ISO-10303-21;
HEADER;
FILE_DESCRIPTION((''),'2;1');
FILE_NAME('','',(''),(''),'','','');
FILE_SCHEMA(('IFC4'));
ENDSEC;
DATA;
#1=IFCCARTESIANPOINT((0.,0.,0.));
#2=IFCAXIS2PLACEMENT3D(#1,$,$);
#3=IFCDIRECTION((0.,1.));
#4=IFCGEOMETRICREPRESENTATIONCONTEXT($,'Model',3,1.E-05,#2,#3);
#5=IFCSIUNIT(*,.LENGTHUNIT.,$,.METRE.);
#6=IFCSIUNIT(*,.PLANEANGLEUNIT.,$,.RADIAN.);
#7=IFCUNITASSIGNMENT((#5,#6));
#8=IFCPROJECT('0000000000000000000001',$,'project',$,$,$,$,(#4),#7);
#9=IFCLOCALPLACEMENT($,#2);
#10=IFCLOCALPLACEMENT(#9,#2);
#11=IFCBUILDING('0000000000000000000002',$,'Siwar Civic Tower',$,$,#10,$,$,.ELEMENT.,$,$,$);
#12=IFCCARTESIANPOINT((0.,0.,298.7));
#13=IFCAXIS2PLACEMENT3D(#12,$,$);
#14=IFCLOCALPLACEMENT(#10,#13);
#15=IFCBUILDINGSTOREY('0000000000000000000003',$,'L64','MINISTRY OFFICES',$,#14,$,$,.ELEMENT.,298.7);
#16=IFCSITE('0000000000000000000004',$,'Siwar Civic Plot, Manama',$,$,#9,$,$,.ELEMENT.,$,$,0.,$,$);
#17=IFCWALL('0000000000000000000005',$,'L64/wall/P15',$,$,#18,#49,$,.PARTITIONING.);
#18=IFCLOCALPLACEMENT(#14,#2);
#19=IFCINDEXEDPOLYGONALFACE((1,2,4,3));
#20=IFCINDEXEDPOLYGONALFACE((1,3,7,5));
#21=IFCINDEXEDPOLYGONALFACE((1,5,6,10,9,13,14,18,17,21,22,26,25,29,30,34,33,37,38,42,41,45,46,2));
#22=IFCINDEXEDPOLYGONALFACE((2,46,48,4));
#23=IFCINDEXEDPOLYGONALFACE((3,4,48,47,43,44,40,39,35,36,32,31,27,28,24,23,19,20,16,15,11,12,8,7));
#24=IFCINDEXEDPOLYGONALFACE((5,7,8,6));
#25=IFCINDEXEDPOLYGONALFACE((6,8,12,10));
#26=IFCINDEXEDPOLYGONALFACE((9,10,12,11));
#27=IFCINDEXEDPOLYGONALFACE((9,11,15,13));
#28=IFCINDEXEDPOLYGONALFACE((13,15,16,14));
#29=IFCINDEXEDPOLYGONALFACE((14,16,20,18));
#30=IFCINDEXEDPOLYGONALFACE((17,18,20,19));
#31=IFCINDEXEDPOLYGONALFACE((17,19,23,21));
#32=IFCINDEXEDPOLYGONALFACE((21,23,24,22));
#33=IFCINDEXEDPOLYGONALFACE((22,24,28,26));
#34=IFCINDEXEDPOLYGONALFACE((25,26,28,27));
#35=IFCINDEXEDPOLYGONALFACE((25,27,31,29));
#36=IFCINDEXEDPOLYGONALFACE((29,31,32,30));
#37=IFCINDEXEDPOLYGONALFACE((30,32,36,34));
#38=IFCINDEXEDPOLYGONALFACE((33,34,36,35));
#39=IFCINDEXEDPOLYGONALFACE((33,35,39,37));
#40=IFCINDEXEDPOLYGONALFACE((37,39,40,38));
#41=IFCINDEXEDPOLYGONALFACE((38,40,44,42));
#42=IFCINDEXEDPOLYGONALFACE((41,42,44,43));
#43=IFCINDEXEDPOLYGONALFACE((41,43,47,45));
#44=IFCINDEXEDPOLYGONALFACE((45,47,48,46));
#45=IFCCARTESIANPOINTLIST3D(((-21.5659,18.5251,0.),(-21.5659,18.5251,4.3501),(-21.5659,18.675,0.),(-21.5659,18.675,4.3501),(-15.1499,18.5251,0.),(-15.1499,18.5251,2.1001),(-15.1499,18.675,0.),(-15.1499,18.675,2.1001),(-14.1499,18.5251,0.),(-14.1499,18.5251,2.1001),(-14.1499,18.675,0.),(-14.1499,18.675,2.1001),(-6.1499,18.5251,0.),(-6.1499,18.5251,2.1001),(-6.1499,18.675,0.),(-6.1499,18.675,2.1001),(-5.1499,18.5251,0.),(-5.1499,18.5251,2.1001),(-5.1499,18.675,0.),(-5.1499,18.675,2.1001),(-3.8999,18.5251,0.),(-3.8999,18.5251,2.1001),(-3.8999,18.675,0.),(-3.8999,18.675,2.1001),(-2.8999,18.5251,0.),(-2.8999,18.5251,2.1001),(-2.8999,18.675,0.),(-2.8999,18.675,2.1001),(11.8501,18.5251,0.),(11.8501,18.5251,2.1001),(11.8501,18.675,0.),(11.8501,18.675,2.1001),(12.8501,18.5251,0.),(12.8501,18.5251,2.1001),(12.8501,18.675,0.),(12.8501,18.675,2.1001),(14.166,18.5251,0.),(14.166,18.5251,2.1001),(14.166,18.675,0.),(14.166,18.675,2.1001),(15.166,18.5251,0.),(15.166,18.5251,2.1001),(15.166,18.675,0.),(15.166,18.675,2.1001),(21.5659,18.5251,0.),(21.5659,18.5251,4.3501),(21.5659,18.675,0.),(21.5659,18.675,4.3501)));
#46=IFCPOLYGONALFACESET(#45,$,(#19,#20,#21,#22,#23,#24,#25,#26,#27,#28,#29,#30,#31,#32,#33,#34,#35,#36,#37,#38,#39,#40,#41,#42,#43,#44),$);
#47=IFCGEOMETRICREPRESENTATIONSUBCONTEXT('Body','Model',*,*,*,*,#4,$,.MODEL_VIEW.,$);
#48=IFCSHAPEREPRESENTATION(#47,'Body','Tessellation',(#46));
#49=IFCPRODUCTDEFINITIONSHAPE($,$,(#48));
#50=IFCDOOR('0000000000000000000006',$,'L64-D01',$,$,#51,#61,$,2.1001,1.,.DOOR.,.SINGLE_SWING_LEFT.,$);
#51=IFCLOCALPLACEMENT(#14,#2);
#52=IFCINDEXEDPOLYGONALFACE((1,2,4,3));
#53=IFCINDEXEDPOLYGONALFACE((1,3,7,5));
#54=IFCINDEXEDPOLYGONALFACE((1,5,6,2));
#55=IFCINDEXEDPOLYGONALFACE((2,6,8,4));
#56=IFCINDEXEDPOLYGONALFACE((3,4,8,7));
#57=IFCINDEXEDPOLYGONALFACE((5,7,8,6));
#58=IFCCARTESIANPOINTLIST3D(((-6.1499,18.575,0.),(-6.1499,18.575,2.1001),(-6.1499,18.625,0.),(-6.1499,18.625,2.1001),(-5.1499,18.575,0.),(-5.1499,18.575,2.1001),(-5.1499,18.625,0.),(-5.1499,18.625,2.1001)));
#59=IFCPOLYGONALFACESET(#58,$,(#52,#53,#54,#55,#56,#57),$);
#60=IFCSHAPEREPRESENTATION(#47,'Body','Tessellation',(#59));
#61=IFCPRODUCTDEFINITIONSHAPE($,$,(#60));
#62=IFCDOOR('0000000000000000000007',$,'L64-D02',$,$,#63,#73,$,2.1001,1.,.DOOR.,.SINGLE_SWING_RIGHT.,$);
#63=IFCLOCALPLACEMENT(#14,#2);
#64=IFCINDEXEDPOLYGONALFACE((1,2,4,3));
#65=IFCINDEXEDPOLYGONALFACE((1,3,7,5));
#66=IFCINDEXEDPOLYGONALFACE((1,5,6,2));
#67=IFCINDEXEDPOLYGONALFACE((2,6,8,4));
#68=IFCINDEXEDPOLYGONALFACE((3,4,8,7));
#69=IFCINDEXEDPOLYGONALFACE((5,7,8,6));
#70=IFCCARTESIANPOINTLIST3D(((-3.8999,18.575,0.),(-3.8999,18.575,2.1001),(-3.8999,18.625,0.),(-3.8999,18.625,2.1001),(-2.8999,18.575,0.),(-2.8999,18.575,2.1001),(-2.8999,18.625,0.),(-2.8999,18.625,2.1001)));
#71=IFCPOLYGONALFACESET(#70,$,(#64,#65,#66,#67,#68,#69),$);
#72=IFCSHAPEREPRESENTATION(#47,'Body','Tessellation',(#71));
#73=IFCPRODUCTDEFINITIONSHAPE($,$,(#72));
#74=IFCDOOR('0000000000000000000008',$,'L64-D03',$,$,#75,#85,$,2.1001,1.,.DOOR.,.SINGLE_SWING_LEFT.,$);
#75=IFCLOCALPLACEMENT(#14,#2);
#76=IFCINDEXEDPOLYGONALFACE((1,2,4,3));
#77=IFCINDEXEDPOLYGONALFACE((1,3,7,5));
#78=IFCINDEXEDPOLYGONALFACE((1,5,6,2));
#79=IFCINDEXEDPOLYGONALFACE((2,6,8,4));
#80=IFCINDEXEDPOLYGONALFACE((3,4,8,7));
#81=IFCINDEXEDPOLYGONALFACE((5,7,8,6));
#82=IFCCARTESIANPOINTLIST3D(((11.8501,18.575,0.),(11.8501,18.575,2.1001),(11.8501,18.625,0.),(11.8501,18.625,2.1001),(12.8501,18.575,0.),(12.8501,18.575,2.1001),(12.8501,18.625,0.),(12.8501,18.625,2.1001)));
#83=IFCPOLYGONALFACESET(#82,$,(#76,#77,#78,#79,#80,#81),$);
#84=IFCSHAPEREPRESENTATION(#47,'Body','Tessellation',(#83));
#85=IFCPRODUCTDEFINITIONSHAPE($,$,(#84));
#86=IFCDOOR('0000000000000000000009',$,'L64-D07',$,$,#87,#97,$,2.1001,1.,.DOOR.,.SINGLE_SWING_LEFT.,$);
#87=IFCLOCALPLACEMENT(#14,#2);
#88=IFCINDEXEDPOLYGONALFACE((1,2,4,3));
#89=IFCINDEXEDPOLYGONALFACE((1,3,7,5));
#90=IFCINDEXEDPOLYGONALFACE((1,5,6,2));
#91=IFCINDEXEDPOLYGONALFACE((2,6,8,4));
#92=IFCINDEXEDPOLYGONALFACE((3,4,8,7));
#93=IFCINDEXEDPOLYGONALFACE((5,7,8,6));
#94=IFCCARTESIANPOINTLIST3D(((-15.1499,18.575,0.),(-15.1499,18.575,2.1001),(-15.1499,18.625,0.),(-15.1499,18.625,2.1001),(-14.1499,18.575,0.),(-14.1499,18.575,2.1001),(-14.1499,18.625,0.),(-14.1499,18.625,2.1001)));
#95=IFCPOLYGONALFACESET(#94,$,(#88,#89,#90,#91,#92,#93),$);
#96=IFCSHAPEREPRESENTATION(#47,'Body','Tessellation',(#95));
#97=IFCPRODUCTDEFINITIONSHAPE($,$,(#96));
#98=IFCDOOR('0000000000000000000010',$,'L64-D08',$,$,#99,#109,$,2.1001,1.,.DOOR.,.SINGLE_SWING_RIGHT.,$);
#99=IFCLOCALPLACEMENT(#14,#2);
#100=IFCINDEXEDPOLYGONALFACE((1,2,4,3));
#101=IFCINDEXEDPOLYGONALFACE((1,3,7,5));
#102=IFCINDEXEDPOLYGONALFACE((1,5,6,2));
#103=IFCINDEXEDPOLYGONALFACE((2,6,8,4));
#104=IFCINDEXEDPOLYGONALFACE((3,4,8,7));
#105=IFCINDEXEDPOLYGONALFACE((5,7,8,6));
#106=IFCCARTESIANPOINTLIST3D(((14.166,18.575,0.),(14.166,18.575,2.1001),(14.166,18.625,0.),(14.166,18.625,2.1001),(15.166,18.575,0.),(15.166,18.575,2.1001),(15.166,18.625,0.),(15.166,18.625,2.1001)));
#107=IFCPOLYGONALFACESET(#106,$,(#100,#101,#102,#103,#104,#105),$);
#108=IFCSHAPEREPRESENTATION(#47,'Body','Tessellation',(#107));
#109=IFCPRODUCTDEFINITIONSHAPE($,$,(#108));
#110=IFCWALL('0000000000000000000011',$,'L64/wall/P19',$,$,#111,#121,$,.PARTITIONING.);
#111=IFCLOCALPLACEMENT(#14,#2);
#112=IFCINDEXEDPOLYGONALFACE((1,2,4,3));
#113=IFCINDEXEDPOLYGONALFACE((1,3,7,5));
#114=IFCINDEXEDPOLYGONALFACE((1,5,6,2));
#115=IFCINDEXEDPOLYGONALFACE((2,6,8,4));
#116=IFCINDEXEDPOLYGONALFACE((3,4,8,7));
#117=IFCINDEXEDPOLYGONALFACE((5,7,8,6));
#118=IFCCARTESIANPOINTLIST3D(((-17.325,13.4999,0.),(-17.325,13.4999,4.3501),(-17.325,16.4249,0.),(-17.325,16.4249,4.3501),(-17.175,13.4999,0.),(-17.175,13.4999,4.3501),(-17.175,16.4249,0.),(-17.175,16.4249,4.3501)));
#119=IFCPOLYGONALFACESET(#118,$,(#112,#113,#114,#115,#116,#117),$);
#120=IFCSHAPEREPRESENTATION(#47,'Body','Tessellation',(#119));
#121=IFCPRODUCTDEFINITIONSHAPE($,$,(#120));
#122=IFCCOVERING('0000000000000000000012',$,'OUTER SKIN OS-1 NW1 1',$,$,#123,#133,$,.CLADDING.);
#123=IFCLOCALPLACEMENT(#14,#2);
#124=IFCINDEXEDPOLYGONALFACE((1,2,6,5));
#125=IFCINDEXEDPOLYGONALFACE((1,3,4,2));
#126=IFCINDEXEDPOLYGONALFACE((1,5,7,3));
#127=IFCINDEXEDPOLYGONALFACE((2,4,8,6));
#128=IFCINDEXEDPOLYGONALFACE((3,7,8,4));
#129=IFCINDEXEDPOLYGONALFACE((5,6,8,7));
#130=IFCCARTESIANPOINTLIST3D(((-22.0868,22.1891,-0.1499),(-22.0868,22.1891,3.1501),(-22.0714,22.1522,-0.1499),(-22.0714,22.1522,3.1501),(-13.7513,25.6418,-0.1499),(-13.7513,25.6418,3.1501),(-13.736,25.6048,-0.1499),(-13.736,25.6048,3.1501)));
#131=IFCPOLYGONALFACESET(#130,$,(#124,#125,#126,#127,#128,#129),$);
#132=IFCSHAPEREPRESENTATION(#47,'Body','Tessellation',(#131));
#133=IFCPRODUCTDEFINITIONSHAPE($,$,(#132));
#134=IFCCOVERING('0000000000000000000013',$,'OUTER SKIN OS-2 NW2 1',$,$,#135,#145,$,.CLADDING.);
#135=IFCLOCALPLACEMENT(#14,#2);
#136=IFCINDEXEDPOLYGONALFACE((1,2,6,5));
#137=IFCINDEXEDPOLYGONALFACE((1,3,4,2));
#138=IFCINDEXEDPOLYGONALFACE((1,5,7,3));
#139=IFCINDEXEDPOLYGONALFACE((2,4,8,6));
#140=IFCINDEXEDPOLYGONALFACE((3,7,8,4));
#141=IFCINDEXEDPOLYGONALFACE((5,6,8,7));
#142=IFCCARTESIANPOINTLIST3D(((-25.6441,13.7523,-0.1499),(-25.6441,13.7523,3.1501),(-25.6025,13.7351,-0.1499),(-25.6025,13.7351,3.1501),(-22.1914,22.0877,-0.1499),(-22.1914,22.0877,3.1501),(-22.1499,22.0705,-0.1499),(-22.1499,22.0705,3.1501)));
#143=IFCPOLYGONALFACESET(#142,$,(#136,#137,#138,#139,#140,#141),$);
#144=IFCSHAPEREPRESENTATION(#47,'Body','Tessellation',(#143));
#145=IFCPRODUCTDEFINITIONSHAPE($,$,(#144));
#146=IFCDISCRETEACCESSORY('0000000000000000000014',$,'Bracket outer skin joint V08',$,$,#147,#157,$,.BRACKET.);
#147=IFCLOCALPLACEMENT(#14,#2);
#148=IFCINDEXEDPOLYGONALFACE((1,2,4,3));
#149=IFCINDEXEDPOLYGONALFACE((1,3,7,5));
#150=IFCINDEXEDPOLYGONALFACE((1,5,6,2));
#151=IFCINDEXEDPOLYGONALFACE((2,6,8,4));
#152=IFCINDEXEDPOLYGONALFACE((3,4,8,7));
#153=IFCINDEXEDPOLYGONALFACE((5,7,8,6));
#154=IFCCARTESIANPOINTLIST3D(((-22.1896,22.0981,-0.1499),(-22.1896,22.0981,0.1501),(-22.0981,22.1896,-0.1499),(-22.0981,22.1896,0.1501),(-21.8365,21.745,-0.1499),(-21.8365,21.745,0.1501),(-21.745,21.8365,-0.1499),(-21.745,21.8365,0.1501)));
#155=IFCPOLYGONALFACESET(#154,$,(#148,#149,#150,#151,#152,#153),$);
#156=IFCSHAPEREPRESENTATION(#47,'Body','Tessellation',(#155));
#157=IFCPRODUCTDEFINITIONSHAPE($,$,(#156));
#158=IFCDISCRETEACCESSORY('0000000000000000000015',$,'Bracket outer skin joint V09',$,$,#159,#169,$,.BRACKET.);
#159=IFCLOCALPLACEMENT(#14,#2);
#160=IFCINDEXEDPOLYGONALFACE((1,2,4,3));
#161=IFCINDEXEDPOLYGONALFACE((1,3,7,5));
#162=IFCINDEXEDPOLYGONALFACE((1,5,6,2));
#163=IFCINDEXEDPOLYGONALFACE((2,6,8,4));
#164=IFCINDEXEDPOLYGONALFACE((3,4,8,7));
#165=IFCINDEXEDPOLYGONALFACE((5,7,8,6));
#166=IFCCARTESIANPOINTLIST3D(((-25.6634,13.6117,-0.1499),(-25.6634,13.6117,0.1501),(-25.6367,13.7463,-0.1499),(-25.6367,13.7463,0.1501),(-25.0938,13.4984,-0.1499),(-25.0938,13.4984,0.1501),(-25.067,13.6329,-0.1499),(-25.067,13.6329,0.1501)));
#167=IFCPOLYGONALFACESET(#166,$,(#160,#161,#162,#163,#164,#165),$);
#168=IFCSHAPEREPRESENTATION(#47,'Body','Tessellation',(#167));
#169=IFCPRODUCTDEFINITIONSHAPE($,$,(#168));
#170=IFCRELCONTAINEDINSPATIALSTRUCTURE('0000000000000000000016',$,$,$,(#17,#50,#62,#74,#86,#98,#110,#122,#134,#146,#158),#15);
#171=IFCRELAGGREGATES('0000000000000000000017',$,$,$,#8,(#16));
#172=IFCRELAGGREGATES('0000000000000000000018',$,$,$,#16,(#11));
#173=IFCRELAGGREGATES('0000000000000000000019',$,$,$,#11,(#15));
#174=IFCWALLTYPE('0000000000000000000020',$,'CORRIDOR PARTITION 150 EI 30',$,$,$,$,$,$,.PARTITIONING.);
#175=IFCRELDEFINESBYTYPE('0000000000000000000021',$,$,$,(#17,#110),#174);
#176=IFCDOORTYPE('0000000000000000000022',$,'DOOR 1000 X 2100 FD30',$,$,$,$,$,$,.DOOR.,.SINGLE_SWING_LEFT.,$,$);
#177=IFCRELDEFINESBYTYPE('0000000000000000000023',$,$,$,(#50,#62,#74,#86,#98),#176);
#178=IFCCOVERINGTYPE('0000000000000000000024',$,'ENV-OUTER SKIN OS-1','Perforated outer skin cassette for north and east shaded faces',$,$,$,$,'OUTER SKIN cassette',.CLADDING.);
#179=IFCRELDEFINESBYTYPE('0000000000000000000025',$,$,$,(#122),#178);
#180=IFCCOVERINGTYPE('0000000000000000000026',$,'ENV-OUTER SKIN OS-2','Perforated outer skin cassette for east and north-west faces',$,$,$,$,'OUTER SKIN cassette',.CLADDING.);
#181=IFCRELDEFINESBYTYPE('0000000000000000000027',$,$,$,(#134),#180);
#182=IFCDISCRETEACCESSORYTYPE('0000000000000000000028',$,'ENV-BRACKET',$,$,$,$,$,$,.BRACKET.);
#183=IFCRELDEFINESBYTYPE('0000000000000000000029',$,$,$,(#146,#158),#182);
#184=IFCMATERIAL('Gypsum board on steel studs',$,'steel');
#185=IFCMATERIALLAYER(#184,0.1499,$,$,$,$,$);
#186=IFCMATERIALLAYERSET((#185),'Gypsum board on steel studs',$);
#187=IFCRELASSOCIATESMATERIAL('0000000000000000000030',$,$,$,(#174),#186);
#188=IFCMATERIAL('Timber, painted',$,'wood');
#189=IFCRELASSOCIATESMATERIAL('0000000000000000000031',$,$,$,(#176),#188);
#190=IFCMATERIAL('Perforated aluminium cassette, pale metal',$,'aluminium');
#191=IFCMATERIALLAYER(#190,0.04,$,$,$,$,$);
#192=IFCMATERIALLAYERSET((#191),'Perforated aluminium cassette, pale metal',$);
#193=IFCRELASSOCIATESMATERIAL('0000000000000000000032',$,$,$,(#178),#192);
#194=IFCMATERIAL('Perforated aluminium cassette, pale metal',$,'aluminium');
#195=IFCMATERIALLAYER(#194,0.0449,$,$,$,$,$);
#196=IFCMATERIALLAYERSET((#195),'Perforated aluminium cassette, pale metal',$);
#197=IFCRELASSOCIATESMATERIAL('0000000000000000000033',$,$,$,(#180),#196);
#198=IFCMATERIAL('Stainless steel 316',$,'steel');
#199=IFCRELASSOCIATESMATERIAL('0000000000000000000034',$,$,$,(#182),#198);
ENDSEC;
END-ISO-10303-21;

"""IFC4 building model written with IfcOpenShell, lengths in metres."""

from ifc_helpers import new_model, si_unit, direction, frame, frame_2d, origin, origin_2d, place, context, subcontext, project, spatial, rectangle, extrude, material, layer, layer_set, type_object, element, fill, save


model = new_model("IFC4")

# Units and contexts
model_context = context("Model", 3, precision=1e-05, world=origin(), true_north=direction((0.0, 1.0)))
body_context = subcontext(model_context, "Body", "Model", "MODEL_VIEW")
ifc_project = project(units=[si_unit("LENGTHUNIT", "METRE"), si_unit("PLANEANGLEUNIT", "RADIAN")], contexts=[model_context])

# Site, building, storey
site_placement = place(None, origin())
site = spatial("IfcSite", under=ifc_project, at=site_placement, Name="Siwar Civic Plot, Manama", CompositionType="ELEMENT", RefElevation=0.0)
building_placement = place(site_placement, origin())
building = spatial("IfcBuilding", under=site, at=building_placement, Name="Siwar Civic Tower", CompositionType="ELEMENT")
storey_placement = place(building_placement, frame((0.0, 0.0, 298.7)))
storey = spatial("IfcBuildingStorey", under=building, at=storey_placement, Name="L64", Description="MINISTRY OFFICES", CompositionType="ELEMENT", Elevation=298.7)

# Shared definitions
ifc_material_1 = material(Name="Gypsum board on steel studs", Category="steel")
ifc_layer_1 = layer(ifc_material_1, 0.1499)
ifc_layer_set_1 = layer_set([ifc_layer_1], Name="Gypsum board on steel studs")
wall_type = type_object("IfcWallType", Name="CORRIDOR PARTITION 150 EI 30", PredefinedType="PARTITIONING", material=ifc_layer_set_1)

# Wall, openings, doors
ifc_material_2 = material(Name="Timber, painted", Category="wood")
door_type = type_object("IfcDoorType", Name="DOOR 1000 X 2100 FD30", OperationType="SINGLE_SWING_LEFT", PredefinedType="DOOR", material=ifc_material_2)
wall_1_placement = place(storey_placement, frame((-21.5659, 18.6001, 0.0), z_axis=(0.0, 0.0, 1.0), x_axis=(1.0, 0.0, 0.0)))
wall_1 = element("IfcWall", 1, at=wall_1_placement, inside=storey, type_object=wall_type, Name="L64/wall/P15", PredefinedType="PARTITIONING", context=body_context, shape_type="SweptSolid", body=[
    extrude(rectangle(XDim=43.1318, YDim=0.1499, at=frame_2d((21.5659, 0.0))), origin(), (0.0, 0.0, 1.0), 4.3501),
])
opening_1_placement = place(wall_1_placement, frame((15.416, 0.0, 0.0)))
opening_1 = element("IfcOpeningElement", 2, at=opening_1_placement, cuts=wall_1, PredefinedType="OPENING", context=body_context, shape_type="SweptSolid", body=[
    extrude(rectangle(XDim=1.0, YDim=2.1001, at=frame_2d((0.5, 1.05))), frame((0.0, 0.085, 0.0), z_axis=(0.0, -1.0, 0.0), x_axis=(1.0, 0.0, 0.0)), (0.0, 0.0, 1.0), 0.1699),
])
opening_2_placement = place(wall_1_placement, frame((17.666, 0.0, 0.0)))
opening_2 = element("IfcOpeningElement", 3, at=opening_2_placement, cuts=wall_1, PredefinedType="OPENING", context=body_context, shape_type="SweptSolid", body=[
    extrude(rectangle(XDim=1.0, YDim=2.1001, at=frame_2d((0.5, 1.05))), frame((0.0, 0.085, 0.0), z_axis=(0.0, -1.0, 0.0), x_axis=(1.0, 0.0, 0.0)), (0.0, 0.0, 1.0), 0.1699),
])
opening_3_placement = place(wall_1_placement, frame((33.416, 0.0, 0.0)))
opening_3 = element("IfcOpeningElement", 4, at=opening_3_placement, cuts=wall_1, PredefinedType="OPENING", context=body_context, shape_type="SweptSolid", body=[
    extrude(rectangle(XDim=1.0, YDim=2.1001, at=frame_2d((0.5, 1.05))), frame((0.0, 0.085, 0.0), z_axis=(0.0, -1.0, 0.0), x_axis=(1.0, 0.0, 0.0)), (0.0, 0.0, 1.0), 0.1699),
])
opening_4_placement = place(wall_1_placement, frame((6.416, 0.0, 0.0)))
opening_4 = element("IfcOpeningElement", 5, at=opening_4_placement, cuts=wall_1, PredefinedType="OPENING", context=body_context, shape_type="SweptSolid", body=[
    extrude(rectangle(XDim=1.0, YDim=2.1001, at=frame_2d((0.5, 1.05))), frame((0.0, 0.085, 0.0), z_axis=(0.0, -1.0, 0.0), x_axis=(1.0, 0.0, 0.0)), (0.0, 0.0, 1.0), 0.1699),
])
opening_5_placement = place(wall_1_placement, frame((35.7319, 0.0, 0.0)))
opening_5 = element("IfcOpeningElement", 6, at=opening_5_placement, cuts=wall_1, PredefinedType="OPENING", context=body_context, shape_type="SweptSolid", body=[
    extrude(rectangle(XDim=1.0, YDim=2.1001, at=frame_2d((0.5, 1.05))), frame((0.0, 0.085, 0.0), z_axis=(0.0, -1.0, 0.0), x_axis=(1.0, 0.0, 0.0)), (0.0, 0.0, 1.0), 0.1699),
])
door_1_placement = place(opening_1_placement, origin())
door_1 = element("IfcDoor", 7, at=door_1_placement, inside=storey, type_object=door_type, Name="L64-D01", OperationType="SINGLE_SWING_LEFT", OverallHeight=2.1001, OverallWidth=1.0, PredefinedType="DOOR", context=body_context, shape_type="SweptSolid", body=[
    extrude(rectangle(XDim=1.0, YDim=2.1001, at=frame_2d((0.5, 1.05))), frame((0.0, 0.0249, 0.0), z_axis=(0.0, -1.0, 0.0), x_axis=(1.0, 0.0, 0.0)), (0.0, 0.0, 1.0), 0.05),
])
fill(opening_1, door_1)
door_2_placement = place(opening_2_placement, origin())
door_2 = element("IfcDoor", 8, at=door_2_placement, inside=storey, type_object=door_type, Name="L64-D02", OperationType="SINGLE_SWING_RIGHT", OverallHeight=2.1001, OverallWidth=1.0, PredefinedType="DOOR", context=body_context, shape_type="SweptSolid", body=[
    extrude(rectangle(XDim=1.0, YDim=2.1001, at=frame_2d((0.5, 1.05))), frame((0.0, 0.0249, 0.0), z_axis=(0.0, -1.0, 0.0), x_axis=(1.0, 0.0, 0.0)), (0.0, 0.0, 1.0), 0.05),
])
fill(opening_2, door_2)
door_3_placement = place(opening_3_placement, origin())
door_3 = element("IfcDoor", 9, at=door_3_placement, inside=storey, type_object=door_type, Name="L64-D03", OperationType="SINGLE_SWING_LEFT", OverallHeight=2.1001, OverallWidth=1.0, PredefinedType="DOOR", context=body_context, shape_type="SweptSolid", body=[
    extrude(rectangle(XDim=1.0, YDim=2.1001, at=frame_2d((0.5, 1.05))), frame((0.0, 0.0249, 0.0), z_axis=(0.0, -1.0, 0.0), x_axis=(1.0, 0.0, 0.0)), (0.0, 0.0, 1.0), 0.05),
])
fill(opening_3, door_3)
door_4_placement = place(opening_4_placement, origin())
door_4 = element("IfcDoor", 10, at=door_4_placement, inside=storey, type_object=door_type, Name="L64-D07", OperationType="SINGLE_SWING_LEFT", OverallHeight=2.1001, OverallWidth=1.0, PredefinedType="DOOR", context=body_context, shape_type="SweptSolid", body=[
    extrude(rectangle(XDim=1.0, YDim=2.1001, at=frame_2d((0.5, 1.05))), frame((0.0, 0.0249, 0.0), z_axis=(0.0, -1.0, 0.0), x_axis=(1.0, 0.0, 0.0)), (0.0, 0.0, 1.0), 0.05),
])
fill(opening_4, door_4)
door_5_placement = place(opening_5_placement, origin())
door_5 = element("IfcDoor", 11, at=door_5_placement, inside=storey, type_object=door_type, Name="L64-D08", OperationType="SINGLE_SWING_RIGHT", OverallHeight=2.1001, OverallWidth=1.0, PredefinedType="DOOR", context=body_context, shape_type="SweptSolid", body=[
    extrude(rectangle(XDim=1.0, YDim=2.1001, at=frame_2d((0.5, 1.05))), frame((0.0, 0.0249, 0.0), z_axis=(0.0, -1.0, 0.0), x_axis=(1.0, 0.0, 0.0)), (0.0, 0.0, 1.0), 0.05),
])
fill(opening_5, door_5)

# Wall
wall_2_placement = place(storey_placement, frame((-17.25, 13.5, 0.0), z_axis=(0.0, 0.0, 1.0), x_axis=(0.0, 1.0, 0.0)))
element("IfcWall", 12, at=wall_2_placement, inside=storey, type_object=wall_type, Name="L64/wall/P19", PredefinedType="PARTITIONING", context=body_context, shape_type="SweptSolid", body=[
    extrude(rectangle(XDim=2.925, YDim=0.1499, at=frame_2d((1.4624, 0.0))), origin(), (0.0, 0.0, 1.0), 4.3501),
])

# Coverings
ifc_material_3 = material(Name="Perforated aluminium cassette, pale metal", Category="aluminium")
ifc_layer_2 = layer(ifc_material_3, 0.04)
ifc_layer_set_2 = layer_set([ifc_layer_2], Name="Perforated aluminium cassette, pale metal")
covering_type_1 = type_object("IfcCoveringType", Name="ENV-OUTER SKIN OS-1", Description="Perforated outer skin cassette for north and east shaded faces", ElementType="OUTER SKIN cassette", PredefinedType="CLADDING", material=ifc_layer_set_2)
covering_1_placement = place(storey_placement, frame((-17.9114, 23.897, -0.1499), z_axis=(0.0, 0.0, 1.0), x_axis=(-0.92388, -0.382683, 0.0)))
element("IfcCovering", 13, at=covering_1_placement, inside=storey, type_object=covering_type_1, Name="OUTER SKIN OS-1 NW1 1", PredefinedType="CLADDING", context=body_context, shape_type="SweptSolid", body=[
    extrude(rectangle(XDim=9.0222, YDim=0.04, at=origin_2d()), origin(), (0.0, 0.0, 1.0), 3.3),
])
ifc_material_4 = material(Name="Perforated aluminium cassette, pale metal", Category="aluminium")
ifc_layer_3 = layer(ifc_material_4, 0.0449)
ifc_layer_set_3 = layer_set([ifc_layer_3], Name="Perforated aluminium cassette, pale metal")
covering_type_2 = type_object("IfcCoveringType", Name="ENV-OUTER SKIN OS-2", Description="Perforated outer skin cassette for east and north-west faces", ElementType="OUTER SKIN cassette", PredefinedType="CLADDING", material=ifc_layer_set_3)
covering_2_placement = place(storey_placement, frame((-23.897, 17.9114, -0.1499), z_axis=(0.0, 0.0, 1.0), x_axis=(-0.382683, -0.92388, 0.0)))
element("IfcCovering", 14, at=covering_2_placement, inside=storey, type_object=covering_type_2, Name="OUTER SKIN OS-2 NW2 1", PredefinedType="CLADDING", context=body_context, shape_type="SweptSolid", body=[
    extrude(rectangle(XDim=9.0222, YDim=0.0449, at=origin_2d()), origin(), (0.0, 0.0, 1.0), 3.3),
])

# Discrete accessories
ifc_material_5 = material(Name="Stainless steel 316", Category="steel")
discrete_accessory_type = type_object("IfcDiscreteAccessoryType", Name="ENV-BRACKET", PredefinedType="BRACKET", material=ifc_material_5)
discrete_accessory_1_placement = place(storey_placement, frame((-21.9673, 21.9673, -0.1499), z_axis=(0.0, 0.0, 1.0), x_axis=(-0.707107, 0.707107, 0.0)))
element("IfcDiscreteAccessory", 15, at=discrete_accessory_1_placement, inside=storey, type_object=discrete_accessory_type, Name="Bracket outer skin joint V08", PredefinedType="BRACKET", context=body_context, shape_type="SweptSolid", body=[
    extrude(rectangle(XDim=0.4993, YDim=0.1294, at=origin_2d()), origin(), (0.0, 0.0, 1.0), 0.3),
])
discrete_accessory_2_placement = place(storey_placement, frame((-25.3652, 13.6223, -0.1499), z_axis=(0.0, 0.0, 1.0), x_axis=(-0.980785, 0.19509, 0.0)))
element("IfcDiscreteAccessory", 16, at=discrete_accessory_2_placement, inside=storey, type_object=discrete_accessory_type, Name="Bracket outer skin joint V09", PredefinedType="BRACKET", context=body_context, shape_type="SweptSolid", body=[
    extrude(rectangle(XDim=0.5808, YDim=0.1372, at=origin_2d()), origin(), (0.0, 0.0, 1.0), 0.3),
])

save(model, "model.ifc")
